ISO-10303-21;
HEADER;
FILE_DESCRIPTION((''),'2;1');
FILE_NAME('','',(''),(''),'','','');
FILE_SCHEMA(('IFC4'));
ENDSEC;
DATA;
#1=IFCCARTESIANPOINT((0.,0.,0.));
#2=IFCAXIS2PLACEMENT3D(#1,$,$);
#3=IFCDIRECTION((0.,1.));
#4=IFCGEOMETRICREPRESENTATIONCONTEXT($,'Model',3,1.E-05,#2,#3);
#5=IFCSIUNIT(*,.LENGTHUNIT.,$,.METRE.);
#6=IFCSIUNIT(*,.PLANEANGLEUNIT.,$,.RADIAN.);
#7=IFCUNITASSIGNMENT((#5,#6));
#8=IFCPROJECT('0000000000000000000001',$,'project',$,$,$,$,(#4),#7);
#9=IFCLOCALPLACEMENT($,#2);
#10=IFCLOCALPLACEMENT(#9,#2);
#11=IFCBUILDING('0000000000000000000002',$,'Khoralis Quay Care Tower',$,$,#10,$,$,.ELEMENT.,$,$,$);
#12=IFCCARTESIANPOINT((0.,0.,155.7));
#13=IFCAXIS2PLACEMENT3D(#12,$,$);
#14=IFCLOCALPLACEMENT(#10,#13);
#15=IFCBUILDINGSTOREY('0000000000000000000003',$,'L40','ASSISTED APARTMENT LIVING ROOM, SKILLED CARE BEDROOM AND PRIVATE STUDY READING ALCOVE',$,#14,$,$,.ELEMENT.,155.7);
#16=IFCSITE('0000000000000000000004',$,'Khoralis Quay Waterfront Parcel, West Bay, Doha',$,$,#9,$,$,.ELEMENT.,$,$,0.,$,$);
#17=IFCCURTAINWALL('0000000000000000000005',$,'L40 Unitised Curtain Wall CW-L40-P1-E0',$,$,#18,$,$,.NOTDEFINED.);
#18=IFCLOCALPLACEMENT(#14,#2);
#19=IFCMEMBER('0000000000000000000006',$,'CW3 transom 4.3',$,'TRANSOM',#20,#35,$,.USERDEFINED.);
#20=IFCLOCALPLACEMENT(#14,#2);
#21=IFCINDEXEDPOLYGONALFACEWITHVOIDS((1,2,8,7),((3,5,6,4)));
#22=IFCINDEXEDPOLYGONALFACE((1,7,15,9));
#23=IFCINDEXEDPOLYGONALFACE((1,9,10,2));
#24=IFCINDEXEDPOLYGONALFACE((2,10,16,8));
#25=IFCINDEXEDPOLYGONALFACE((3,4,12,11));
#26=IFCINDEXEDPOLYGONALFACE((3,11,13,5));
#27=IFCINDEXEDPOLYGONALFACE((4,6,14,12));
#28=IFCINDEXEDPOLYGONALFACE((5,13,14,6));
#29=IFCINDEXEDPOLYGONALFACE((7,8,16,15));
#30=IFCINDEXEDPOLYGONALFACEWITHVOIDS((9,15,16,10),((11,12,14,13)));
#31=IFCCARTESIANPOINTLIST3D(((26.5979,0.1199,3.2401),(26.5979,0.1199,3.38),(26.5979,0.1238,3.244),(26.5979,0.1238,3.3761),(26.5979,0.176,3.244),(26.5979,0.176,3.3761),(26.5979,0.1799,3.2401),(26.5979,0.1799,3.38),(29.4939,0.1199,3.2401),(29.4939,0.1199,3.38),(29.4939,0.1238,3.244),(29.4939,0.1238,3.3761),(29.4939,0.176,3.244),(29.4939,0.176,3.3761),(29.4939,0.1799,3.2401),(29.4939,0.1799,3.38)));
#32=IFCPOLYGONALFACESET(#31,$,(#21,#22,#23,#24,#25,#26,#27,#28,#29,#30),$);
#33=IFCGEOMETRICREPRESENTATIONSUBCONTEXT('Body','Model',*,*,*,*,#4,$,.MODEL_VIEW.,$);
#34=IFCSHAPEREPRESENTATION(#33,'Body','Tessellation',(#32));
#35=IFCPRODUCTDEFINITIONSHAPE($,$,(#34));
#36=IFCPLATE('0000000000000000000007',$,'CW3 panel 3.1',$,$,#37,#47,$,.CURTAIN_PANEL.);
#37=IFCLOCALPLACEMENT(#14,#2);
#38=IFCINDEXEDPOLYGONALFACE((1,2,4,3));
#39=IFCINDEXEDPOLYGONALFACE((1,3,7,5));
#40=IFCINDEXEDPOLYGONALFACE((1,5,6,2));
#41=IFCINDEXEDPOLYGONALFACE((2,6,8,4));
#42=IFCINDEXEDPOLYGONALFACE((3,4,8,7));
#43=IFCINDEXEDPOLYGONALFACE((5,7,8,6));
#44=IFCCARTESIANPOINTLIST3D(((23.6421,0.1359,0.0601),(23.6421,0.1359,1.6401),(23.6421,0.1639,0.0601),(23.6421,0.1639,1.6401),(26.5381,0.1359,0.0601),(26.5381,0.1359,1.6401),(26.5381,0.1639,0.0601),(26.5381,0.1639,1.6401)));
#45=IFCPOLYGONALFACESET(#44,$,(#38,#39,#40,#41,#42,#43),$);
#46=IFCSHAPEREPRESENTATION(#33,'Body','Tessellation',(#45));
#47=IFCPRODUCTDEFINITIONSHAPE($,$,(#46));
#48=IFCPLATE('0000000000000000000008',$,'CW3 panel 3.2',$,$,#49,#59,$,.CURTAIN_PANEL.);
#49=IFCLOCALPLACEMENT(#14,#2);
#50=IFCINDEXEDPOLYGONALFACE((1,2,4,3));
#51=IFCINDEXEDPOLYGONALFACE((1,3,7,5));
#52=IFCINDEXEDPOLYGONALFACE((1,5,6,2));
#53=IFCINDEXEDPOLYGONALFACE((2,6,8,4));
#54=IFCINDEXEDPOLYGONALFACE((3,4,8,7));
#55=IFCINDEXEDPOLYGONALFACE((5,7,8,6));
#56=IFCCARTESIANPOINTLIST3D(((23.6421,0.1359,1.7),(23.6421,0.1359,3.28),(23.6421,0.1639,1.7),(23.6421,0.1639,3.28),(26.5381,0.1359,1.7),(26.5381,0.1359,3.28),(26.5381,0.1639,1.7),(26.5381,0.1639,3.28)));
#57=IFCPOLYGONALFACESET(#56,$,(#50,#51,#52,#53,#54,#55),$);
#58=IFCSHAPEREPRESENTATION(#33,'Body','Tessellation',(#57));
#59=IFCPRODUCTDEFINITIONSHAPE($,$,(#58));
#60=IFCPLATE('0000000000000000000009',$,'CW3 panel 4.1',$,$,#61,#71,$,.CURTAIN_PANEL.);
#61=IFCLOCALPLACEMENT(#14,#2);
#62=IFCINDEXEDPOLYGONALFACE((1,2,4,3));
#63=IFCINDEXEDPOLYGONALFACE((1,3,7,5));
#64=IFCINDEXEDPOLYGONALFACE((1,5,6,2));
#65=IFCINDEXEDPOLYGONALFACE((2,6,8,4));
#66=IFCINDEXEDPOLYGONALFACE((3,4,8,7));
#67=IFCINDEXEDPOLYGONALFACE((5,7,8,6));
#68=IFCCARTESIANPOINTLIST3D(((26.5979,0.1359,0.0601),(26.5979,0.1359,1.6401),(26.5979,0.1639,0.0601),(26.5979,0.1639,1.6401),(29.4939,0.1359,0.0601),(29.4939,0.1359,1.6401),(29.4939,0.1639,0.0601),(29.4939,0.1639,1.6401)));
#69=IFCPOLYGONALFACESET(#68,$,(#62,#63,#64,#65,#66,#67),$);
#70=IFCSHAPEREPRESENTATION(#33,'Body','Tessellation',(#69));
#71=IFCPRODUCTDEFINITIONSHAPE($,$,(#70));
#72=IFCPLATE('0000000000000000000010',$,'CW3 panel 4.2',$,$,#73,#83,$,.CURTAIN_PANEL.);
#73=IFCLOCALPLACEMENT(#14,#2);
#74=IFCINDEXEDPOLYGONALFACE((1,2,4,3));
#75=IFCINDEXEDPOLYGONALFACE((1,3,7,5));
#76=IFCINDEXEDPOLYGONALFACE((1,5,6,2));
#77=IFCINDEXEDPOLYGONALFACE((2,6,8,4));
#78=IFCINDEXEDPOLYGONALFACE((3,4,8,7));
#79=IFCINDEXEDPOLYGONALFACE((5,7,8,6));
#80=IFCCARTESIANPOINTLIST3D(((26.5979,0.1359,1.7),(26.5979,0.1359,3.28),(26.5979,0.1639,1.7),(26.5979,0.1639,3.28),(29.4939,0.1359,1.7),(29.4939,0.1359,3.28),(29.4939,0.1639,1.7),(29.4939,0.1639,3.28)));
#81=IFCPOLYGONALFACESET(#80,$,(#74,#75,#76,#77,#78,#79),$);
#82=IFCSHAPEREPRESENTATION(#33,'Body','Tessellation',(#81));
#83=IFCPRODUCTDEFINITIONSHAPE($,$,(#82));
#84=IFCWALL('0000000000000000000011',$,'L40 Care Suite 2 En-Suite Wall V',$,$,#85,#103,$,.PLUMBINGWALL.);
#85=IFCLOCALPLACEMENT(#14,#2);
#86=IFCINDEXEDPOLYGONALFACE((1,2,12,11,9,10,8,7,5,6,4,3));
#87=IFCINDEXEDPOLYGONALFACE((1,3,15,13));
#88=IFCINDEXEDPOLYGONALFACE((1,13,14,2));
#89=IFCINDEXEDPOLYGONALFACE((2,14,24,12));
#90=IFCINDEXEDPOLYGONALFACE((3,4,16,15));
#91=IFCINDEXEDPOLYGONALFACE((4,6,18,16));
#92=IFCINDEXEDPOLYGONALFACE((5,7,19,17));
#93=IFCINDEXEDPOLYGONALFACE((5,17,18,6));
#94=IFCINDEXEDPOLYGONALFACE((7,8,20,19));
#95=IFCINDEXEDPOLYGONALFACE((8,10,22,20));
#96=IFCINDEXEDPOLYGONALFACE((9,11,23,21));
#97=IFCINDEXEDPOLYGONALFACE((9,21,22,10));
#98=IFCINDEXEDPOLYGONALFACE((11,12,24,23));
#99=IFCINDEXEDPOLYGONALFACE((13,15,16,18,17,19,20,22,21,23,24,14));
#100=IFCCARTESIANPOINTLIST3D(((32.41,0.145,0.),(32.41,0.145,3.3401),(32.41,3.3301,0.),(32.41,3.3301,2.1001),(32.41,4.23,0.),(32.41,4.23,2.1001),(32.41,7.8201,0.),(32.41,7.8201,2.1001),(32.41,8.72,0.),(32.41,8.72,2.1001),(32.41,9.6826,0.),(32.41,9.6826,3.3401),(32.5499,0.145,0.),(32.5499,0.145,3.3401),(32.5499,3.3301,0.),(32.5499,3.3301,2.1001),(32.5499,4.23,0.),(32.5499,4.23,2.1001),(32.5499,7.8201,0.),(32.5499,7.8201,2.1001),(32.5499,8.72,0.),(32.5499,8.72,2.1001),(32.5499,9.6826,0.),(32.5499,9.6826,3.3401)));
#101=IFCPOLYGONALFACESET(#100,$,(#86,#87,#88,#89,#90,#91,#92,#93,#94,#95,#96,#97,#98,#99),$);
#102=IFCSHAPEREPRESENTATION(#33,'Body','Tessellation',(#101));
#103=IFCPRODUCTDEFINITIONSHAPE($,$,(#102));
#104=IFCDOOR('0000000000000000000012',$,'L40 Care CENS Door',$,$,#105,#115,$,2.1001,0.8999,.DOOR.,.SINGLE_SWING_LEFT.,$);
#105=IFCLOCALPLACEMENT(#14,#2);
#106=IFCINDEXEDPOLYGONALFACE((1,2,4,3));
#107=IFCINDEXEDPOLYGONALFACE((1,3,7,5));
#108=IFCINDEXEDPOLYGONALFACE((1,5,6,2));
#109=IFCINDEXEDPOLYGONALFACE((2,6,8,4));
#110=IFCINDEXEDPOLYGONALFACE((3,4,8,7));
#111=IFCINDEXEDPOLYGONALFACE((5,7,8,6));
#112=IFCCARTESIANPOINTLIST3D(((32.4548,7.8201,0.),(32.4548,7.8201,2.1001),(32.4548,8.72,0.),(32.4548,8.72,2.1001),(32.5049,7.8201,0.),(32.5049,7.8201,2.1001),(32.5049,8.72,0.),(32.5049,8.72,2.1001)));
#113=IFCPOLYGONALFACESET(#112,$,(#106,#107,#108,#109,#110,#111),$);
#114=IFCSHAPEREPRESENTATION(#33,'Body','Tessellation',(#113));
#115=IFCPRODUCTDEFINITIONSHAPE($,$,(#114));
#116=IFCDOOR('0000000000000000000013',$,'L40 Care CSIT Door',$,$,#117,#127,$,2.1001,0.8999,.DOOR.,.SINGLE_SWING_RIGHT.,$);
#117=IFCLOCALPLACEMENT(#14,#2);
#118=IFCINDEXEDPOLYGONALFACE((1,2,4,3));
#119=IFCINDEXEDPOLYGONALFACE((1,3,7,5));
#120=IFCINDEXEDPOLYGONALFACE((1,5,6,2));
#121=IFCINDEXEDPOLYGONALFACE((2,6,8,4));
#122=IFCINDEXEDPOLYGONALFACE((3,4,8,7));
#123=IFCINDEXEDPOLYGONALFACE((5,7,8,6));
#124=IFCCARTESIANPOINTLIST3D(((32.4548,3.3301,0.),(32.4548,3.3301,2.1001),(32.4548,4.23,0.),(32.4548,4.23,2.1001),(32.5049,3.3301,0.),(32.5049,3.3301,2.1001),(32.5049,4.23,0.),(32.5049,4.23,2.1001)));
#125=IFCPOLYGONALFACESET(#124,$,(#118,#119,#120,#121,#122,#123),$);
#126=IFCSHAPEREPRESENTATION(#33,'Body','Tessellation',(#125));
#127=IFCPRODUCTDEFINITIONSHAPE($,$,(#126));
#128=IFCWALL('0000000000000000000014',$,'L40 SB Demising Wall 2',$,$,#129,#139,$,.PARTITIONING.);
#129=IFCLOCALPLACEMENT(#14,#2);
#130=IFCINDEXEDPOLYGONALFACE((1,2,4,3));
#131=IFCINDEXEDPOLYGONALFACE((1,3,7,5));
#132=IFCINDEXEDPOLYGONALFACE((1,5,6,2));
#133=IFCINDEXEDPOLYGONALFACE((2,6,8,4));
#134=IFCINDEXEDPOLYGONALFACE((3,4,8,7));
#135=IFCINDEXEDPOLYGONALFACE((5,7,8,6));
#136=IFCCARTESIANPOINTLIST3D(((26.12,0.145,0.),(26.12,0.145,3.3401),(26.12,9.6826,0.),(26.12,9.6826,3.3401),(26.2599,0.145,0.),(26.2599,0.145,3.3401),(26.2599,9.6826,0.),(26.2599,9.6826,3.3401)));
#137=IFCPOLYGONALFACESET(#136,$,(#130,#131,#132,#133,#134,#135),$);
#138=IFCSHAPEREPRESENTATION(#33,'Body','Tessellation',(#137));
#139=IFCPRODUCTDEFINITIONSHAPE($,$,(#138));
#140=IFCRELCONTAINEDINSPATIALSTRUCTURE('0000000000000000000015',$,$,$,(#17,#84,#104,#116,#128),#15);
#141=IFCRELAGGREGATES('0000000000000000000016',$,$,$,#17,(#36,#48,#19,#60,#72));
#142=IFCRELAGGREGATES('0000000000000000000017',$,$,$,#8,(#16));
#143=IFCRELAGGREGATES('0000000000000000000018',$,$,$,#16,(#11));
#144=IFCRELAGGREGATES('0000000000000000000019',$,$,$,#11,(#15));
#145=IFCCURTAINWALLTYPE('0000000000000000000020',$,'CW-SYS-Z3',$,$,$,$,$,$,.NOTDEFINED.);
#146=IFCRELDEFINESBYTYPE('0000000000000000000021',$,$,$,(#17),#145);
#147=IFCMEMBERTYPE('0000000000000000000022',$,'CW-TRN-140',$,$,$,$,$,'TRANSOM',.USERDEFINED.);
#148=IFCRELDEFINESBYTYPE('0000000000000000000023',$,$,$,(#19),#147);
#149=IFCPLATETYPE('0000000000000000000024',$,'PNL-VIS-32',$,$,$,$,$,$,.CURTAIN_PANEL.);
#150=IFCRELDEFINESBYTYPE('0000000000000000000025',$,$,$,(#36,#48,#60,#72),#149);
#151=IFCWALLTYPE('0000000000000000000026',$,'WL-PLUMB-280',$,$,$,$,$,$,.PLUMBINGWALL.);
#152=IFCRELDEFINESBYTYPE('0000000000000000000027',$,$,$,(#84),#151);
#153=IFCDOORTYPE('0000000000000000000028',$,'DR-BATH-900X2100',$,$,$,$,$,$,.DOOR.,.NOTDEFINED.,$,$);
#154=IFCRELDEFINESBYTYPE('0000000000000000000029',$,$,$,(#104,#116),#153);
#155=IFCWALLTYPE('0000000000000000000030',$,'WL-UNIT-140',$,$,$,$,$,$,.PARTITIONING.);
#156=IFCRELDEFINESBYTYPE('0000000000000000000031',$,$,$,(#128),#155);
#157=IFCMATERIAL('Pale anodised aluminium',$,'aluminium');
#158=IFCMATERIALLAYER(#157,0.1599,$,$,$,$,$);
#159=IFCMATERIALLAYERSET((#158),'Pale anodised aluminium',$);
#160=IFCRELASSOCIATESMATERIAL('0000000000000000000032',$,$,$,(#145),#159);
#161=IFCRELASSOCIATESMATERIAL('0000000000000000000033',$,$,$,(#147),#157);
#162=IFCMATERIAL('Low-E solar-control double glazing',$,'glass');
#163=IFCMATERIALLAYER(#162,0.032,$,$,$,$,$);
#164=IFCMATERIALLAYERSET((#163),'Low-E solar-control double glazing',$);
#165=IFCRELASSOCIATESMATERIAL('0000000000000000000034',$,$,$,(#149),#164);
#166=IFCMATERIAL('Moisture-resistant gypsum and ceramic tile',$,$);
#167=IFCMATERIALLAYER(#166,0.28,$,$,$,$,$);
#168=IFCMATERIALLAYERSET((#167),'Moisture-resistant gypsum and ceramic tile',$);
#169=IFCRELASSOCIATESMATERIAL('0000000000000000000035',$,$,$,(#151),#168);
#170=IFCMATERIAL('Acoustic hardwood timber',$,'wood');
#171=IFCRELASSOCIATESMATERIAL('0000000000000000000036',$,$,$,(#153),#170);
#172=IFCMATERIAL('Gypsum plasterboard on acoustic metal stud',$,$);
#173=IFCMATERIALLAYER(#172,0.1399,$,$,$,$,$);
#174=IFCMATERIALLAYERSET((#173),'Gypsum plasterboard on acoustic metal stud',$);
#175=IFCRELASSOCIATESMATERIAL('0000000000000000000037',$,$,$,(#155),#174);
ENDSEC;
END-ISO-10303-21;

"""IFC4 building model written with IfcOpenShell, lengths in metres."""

from ifc_helpers import new_model, si_unit, direction, frame, frame_2d, origin, origin_2d, place, context, subcontext, project, spatial, rectangle, hollow_rectangle, extrude, source, transform, mapped, material, layer, layer_set, material_profile, profile_set, type_object, element, fill, aggregate, save


model = new_model("IFC4")

# Units and contexts
model_context = context("Model", 3, precision=1e-05, world=origin(), true_north=direction((0.0, 1.0)))
body_context = subcontext(model_context, "Body", "Model", "MODEL_VIEW")
ifc_project = project(units=[si_unit("LENGTHUNIT", "METRE"), si_unit("PLANEANGLEUNIT", "RADIAN")], contexts=[model_context])

# Site, building, storey
site_placement = place(None, origin())
site = spatial("IfcSite", under=ifc_project, at=site_placement, Name="Khoralis Quay Waterfront Parcel, West Bay, Doha", CompositionType="ELEMENT", RefElevation=0.0)
building_placement = place(site_placement, origin())
building = spatial("IfcBuilding", under=site, at=building_placement, Name="Khoralis Quay Care Tower", CompositionType="ELEMENT")
storey_placement = place(building_placement, frame((0.0, 0.0, 155.7)))
storey = spatial("IfcBuildingStorey", under=building, at=storey_placement, Name="L40", Description="ASSISTED APARTMENT LIVING ROOM, SKILLED CARE BEDROOM AND PRIVATE STUDY READING ALCOVE", CompositionType="ELEMENT", Elevation=155.7)

# Curtain wall, member, plates
ifc_material_1 = material(Name="Pale anodised aluminium", Category="aluminium")
ifc_layer_1 = layer(ifc_material_1, 0.1599)
ifc_layer_set_1 = layer_set([ifc_layer_1], Name="Pale anodised aluminium")
curtain_wall_type = type_object("IfcCurtainWallType", Name="CW-SYS-Z3", PredefinedType="NOTDEFINED", material=ifc_layer_set_1)
curtain_wall_placement = place(storey_placement, origin())
curtain_wall = element("IfcCurtainWall", 1, at=curtain_wall_placement, inside=storey, type_object=curtain_wall_type, Name="L40 Unitised Curtain Wall CW-L40-P1-E0", PredefinedType="NOTDEFINED")
ifc_material_profile_1 = material_profile(ifc_material_1, hollow_rectangle(XDim=0.0601, YDim=0.1399, WallThickness=0.0039, at=origin_2d()), Name="Pale anodised aluminium")
ifc_profile_set_1 = profile_set([ifc_material_profile_1], Name="Pale anodised aluminium")
member_type_1 = type_object("IfcMemberType", Name="CW-TRN-140", ElementType="TRANSOM", PredefinedType="USERDEFINED", material=ifc_profile_set_1)
shared_shape_1 = source(origin(), body_context, "Body", "SweptSolid", [
    extrude(hollow_rectangle(XDim=0.0601, YDim=0.1399, WallThickness=0.0039, at=origin_2d()), origin(), (0.0, 0.0, 1.0), 2.896),
])
member_1_placement = place(storey_placement, frame((26.5979, 0.1499, 3.3101), z_axis=(1.0, 0.0, 0.0), x_axis=(0.0, 1.0, 0.0)))
member_1 = element("IfcMember", 2, at=member_1_placement, type_object=member_type_1, Name="CW3 transom 4.3", ObjectType="TRANSOM", PredefinedType="USERDEFINED", context=body_context, shape_type="MappedRepresentation", body=[
    mapped(shared_shape_1, transform((0.0, 0.0, 0.0), scale=1.0)),
])
ifc_material_2 = material(Name="Low-E solar-control double glazing", Category="glass")
ifc_layer_2 = layer(ifc_material_2, 0.032)
ifc_layer_set_2 = layer_set([ifc_layer_2], Name="Low-E solar-control double glazing")
plate_type = type_object("IfcPlateType", Name="PNL-VIS-32", PredefinedType="CURTAIN_PANEL", material=ifc_layer_set_2)
shared_shape_2 = source(origin(), body_context, "Body", "SweptSolid", [
    extrude(rectangle(XDim=2.896, YDim=0.0281, at=origin_2d()), origin(), (0.0, 0.0, 1.0), 1.5801),
])
plate_1_placement = place(storey_placement, frame((25.0901, 0.1499, 0.0601), z_axis=(0.0, 0.0, 1.0), x_axis=(1.0, 0.0, 0.0)))
plate_1 = element("IfcPlate", 3, at=plate_1_placement, type_object=plate_type, Name="CW3 panel 3.1", PredefinedType="CURTAIN_PANEL", context=body_context, shape_type="MappedRepresentation", body=[
    mapped(shared_shape_2, transform((0.0, 0.0, 0.0), scale=1.0)),
])
plate_2_placement = place(storey_placement, frame((25.0901, 0.1499, 1.7), z_axis=(0.0, 0.0, 1.0), x_axis=(1.0, 0.0, 0.0)))
plate_2 = element("IfcPlate", 4, at=plate_2_placement, type_object=plate_type, Name="CW3 panel 3.2", PredefinedType="CURTAIN_PANEL", context=body_context, shape_type="MappedRepresentation", body=[
    mapped(shared_shape_2, transform((0.0, 0.0, 0.0), scale=1.0)),
])
plate_3_placement = place(storey_placement, frame((28.0459, 0.1499, 0.0601), z_axis=(0.0, 0.0, 1.0), x_axis=(1.0, 0.0, 0.0)))
plate_3 = element("IfcPlate", 5, at=plate_3_placement, type_object=plate_type, Name="CW3 panel 4.1", PredefinedType="CURTAIN_PANEL", context=body_context, shape_type="MappedRepresentation", body=[
    mapped(shared_shape_2, transform((0.0, 0.0, 0.0), scale=1.0)),
])
plate_4_placement = place(storey_placement, frame((28.0459, 0.1499, 1.7), z_axis=(0.0, 0.0, 1.0), x_axis=(1.0, 0.0, 0.0)))
plate_4 = element("IfcPlate", 6, at=plate_4_placement, type_object=plate_type, Name="CW3 panel 4.2", PredefinedType="CURTAIN_PANEL", context=body_context, shape_type="MappedRepresentation", body=[
    mapped(shared_shape_2, transform((0.0, 0.0, 0.0), scale=1.0)),
])
aggregate(curtain_wall, [plate_1, plate_2, member_1, plate_3, plate_4])

# Wall, openings, doors
ifc_material_3 = material(Name="Moisture-resistant gypsum and ceramic tile")
ifc_layer_3 = layer(ifc_material_3, 0.28)
ifc_layer_set_3 = layer_set([ifc_layer_3], Name="Moisture-resistant gypsum and ceramic tile")
wall_type_1 = type_object("IfcWallType", Name="WL-PLUMB-280", PredefinedType="PLUMBINGWALL", material=ifc_layer_set_3)
wall_1_placement = place(storey_placement, frame((32.48, 0.145, 0.0), z_axis=(0.0, 0.0, 1.0), x_axis=(0.0, 1.0, 0.0)))
wall_1 = element("IfcWall", 7, at=wall_1_placement, inside=storey, type_object=wall_type_1, Name="L40 Care Suite 2 En-Suite Wall V", PredefinedType="PLUMBINGWALL", context=body_context, shape_type="SweptSolid", body=[
    extrude(rectangle(XDim=9.5376, YDim=0.1399, at=frame_2d((4.7688, 0.0))), origin(), (0.0, 0.0, 1.0), 3.3401),
])
opening_1_placement = place(wall_1_placement, frame((7.675, 0.0, 0.0)))
opening_1 = element("IfcOpeningElement", 8, at=opening_1_placement, cuts=wall_1, PredefinedType="OPENING", context=body_context, shape_type="SweptSolid", body=[
    extrude(rectangle(XDim=0.8999, YDim=2.1001, at=frame_2d((0.45, 1.05))), frame((0.0, 0.0801, 0.0), z_axis=(0.0, -1.0, 0.0), x_axis=(1.0, 0.0, 0.0)), (0.0, 0.0, 1.0), 0.1599),
])
opening_2_placement = place(wall_1_placement, frame((3.1851, 0.0, 0.0)))
opening_2 = element("IfcOpeningElement", 9, at=opening_2_placement, cuts=wall_1, PredefinedType="OPENING", context=body_context, shape_type="SweptSolid", body=[
    extrude(rectangle(XDim=0.8999, YDim=2.1001, at=frame_2d((0.45, 1.05))), frame((0.0, 0.0801, 0.0), z_axis=(0.0, -1.0, 0.0), x_axis=(1.0, 0.0, 0.0)), (0.0, 0.0, 1.0), 0.1599),
])
ifc_material_4 = material(Name="Acoustic hardwood timber", Category="wood")
door_type = type_object("IfcDoorType", Name="DR-BATH-900X2100", OperationType="NOTDEFINED", PredefinedType="DOOR", material=ifc_material_4)
shared_shape_3 = source(origin(), body_context, "Body", "SweptSolid", [
    extrude(rectangle(XDim=0.8999, YDim=2.1001, at=frame_2d((0.45, 1.05))), frame((0.0, 0.0249, 0.0), z_axis=(0.0, -1.0, 0.0), x_axis=(1.0, 0.0, 0.0)), (0.0, 0.0, 1.0), 0.05),
])
door_1_placement = place(opening_1_placement, frame((0.8999, 0.0, 0.0), z_axis=(0.0, 0.0, 1.0), x_axis=(-1.0, 0.0, 0.0)))
door_1 = element("IfcDoor", 10, at=door_1_placement, inside=storey, type_object=door_type, Name="L40 Care CENS Door", OperationType="SINGLE_SWING_LEFT", OverallHeight=2.1001, OverallWidth=0.8999, PredefinedType="DOOR", context=body_context, shape_type="MappedRepresentation", body=[
    mapped(shared_shape_3, transform((0.0, 0.0, 0.0), scale=1.0)),
])
fill(opening_1, door_1)
door_2_placement = place(opening_2_placement, frame((0.8999, 0.0, 0.0), z_axis=(0.0, 0.0, 1.0), x_axis=(-1.0, 0.0, 0.0)))
door_2 = element("IfcDoor", 11, at=door_2_placement, inside=storey, type_object=door_type, Name="L40 Care CSIT Door", OperationType="SINGLE_SWING_RIGHT", OverallHeight=2.1001, OverallWidth=0.8999, PredefinedType="DOOR", context=body_context, shape_type="MappedRepresentation", body=[
    mapped(shared_shape_3, transform((0.0, 0.0, 0.0), scale=1.0)),
])
fill(opening_2, door_2)

# Wall
ifc_material_5 = material(Name="Gypsum plasterboard on acoustic metal stud")
ifc_layer_4 = layer(ifc_material_5, 0.1399)
ifc_layer_set_4 = layer_set([ifc_layer_4], Name="Gypsum plasterboard on acoustic metal stud")
wall_type_2 = type_object("IfcWallType", Name="WL-UNIT-140", PredefinedType="PARTITIONING", material=ifc_layer_set_4)
wall_2_placement = place(storey_placement, frame((26.1899, 0.145, 0.0), z_axis=(0.0, 0.0, 1.0), x_axis=(0.0, 1.0, 0.0)))
element("IfcWall", 12, at=wall_2_placement, inside=storey, type_object=wall_type_2, Name="L40 SB Demising Wall 2", PredefinedType="PARTITIONING", context=body_context, shape_type="SweptSolid", body=[
    extrude(rectangle(XDim=9.5376, YDim=0.1399, at=frame_2d((4.7688, 0.0))), origin(), (0.0, 0.0, 1.0), 3.3401),
])

save(model, "model.ifc")
